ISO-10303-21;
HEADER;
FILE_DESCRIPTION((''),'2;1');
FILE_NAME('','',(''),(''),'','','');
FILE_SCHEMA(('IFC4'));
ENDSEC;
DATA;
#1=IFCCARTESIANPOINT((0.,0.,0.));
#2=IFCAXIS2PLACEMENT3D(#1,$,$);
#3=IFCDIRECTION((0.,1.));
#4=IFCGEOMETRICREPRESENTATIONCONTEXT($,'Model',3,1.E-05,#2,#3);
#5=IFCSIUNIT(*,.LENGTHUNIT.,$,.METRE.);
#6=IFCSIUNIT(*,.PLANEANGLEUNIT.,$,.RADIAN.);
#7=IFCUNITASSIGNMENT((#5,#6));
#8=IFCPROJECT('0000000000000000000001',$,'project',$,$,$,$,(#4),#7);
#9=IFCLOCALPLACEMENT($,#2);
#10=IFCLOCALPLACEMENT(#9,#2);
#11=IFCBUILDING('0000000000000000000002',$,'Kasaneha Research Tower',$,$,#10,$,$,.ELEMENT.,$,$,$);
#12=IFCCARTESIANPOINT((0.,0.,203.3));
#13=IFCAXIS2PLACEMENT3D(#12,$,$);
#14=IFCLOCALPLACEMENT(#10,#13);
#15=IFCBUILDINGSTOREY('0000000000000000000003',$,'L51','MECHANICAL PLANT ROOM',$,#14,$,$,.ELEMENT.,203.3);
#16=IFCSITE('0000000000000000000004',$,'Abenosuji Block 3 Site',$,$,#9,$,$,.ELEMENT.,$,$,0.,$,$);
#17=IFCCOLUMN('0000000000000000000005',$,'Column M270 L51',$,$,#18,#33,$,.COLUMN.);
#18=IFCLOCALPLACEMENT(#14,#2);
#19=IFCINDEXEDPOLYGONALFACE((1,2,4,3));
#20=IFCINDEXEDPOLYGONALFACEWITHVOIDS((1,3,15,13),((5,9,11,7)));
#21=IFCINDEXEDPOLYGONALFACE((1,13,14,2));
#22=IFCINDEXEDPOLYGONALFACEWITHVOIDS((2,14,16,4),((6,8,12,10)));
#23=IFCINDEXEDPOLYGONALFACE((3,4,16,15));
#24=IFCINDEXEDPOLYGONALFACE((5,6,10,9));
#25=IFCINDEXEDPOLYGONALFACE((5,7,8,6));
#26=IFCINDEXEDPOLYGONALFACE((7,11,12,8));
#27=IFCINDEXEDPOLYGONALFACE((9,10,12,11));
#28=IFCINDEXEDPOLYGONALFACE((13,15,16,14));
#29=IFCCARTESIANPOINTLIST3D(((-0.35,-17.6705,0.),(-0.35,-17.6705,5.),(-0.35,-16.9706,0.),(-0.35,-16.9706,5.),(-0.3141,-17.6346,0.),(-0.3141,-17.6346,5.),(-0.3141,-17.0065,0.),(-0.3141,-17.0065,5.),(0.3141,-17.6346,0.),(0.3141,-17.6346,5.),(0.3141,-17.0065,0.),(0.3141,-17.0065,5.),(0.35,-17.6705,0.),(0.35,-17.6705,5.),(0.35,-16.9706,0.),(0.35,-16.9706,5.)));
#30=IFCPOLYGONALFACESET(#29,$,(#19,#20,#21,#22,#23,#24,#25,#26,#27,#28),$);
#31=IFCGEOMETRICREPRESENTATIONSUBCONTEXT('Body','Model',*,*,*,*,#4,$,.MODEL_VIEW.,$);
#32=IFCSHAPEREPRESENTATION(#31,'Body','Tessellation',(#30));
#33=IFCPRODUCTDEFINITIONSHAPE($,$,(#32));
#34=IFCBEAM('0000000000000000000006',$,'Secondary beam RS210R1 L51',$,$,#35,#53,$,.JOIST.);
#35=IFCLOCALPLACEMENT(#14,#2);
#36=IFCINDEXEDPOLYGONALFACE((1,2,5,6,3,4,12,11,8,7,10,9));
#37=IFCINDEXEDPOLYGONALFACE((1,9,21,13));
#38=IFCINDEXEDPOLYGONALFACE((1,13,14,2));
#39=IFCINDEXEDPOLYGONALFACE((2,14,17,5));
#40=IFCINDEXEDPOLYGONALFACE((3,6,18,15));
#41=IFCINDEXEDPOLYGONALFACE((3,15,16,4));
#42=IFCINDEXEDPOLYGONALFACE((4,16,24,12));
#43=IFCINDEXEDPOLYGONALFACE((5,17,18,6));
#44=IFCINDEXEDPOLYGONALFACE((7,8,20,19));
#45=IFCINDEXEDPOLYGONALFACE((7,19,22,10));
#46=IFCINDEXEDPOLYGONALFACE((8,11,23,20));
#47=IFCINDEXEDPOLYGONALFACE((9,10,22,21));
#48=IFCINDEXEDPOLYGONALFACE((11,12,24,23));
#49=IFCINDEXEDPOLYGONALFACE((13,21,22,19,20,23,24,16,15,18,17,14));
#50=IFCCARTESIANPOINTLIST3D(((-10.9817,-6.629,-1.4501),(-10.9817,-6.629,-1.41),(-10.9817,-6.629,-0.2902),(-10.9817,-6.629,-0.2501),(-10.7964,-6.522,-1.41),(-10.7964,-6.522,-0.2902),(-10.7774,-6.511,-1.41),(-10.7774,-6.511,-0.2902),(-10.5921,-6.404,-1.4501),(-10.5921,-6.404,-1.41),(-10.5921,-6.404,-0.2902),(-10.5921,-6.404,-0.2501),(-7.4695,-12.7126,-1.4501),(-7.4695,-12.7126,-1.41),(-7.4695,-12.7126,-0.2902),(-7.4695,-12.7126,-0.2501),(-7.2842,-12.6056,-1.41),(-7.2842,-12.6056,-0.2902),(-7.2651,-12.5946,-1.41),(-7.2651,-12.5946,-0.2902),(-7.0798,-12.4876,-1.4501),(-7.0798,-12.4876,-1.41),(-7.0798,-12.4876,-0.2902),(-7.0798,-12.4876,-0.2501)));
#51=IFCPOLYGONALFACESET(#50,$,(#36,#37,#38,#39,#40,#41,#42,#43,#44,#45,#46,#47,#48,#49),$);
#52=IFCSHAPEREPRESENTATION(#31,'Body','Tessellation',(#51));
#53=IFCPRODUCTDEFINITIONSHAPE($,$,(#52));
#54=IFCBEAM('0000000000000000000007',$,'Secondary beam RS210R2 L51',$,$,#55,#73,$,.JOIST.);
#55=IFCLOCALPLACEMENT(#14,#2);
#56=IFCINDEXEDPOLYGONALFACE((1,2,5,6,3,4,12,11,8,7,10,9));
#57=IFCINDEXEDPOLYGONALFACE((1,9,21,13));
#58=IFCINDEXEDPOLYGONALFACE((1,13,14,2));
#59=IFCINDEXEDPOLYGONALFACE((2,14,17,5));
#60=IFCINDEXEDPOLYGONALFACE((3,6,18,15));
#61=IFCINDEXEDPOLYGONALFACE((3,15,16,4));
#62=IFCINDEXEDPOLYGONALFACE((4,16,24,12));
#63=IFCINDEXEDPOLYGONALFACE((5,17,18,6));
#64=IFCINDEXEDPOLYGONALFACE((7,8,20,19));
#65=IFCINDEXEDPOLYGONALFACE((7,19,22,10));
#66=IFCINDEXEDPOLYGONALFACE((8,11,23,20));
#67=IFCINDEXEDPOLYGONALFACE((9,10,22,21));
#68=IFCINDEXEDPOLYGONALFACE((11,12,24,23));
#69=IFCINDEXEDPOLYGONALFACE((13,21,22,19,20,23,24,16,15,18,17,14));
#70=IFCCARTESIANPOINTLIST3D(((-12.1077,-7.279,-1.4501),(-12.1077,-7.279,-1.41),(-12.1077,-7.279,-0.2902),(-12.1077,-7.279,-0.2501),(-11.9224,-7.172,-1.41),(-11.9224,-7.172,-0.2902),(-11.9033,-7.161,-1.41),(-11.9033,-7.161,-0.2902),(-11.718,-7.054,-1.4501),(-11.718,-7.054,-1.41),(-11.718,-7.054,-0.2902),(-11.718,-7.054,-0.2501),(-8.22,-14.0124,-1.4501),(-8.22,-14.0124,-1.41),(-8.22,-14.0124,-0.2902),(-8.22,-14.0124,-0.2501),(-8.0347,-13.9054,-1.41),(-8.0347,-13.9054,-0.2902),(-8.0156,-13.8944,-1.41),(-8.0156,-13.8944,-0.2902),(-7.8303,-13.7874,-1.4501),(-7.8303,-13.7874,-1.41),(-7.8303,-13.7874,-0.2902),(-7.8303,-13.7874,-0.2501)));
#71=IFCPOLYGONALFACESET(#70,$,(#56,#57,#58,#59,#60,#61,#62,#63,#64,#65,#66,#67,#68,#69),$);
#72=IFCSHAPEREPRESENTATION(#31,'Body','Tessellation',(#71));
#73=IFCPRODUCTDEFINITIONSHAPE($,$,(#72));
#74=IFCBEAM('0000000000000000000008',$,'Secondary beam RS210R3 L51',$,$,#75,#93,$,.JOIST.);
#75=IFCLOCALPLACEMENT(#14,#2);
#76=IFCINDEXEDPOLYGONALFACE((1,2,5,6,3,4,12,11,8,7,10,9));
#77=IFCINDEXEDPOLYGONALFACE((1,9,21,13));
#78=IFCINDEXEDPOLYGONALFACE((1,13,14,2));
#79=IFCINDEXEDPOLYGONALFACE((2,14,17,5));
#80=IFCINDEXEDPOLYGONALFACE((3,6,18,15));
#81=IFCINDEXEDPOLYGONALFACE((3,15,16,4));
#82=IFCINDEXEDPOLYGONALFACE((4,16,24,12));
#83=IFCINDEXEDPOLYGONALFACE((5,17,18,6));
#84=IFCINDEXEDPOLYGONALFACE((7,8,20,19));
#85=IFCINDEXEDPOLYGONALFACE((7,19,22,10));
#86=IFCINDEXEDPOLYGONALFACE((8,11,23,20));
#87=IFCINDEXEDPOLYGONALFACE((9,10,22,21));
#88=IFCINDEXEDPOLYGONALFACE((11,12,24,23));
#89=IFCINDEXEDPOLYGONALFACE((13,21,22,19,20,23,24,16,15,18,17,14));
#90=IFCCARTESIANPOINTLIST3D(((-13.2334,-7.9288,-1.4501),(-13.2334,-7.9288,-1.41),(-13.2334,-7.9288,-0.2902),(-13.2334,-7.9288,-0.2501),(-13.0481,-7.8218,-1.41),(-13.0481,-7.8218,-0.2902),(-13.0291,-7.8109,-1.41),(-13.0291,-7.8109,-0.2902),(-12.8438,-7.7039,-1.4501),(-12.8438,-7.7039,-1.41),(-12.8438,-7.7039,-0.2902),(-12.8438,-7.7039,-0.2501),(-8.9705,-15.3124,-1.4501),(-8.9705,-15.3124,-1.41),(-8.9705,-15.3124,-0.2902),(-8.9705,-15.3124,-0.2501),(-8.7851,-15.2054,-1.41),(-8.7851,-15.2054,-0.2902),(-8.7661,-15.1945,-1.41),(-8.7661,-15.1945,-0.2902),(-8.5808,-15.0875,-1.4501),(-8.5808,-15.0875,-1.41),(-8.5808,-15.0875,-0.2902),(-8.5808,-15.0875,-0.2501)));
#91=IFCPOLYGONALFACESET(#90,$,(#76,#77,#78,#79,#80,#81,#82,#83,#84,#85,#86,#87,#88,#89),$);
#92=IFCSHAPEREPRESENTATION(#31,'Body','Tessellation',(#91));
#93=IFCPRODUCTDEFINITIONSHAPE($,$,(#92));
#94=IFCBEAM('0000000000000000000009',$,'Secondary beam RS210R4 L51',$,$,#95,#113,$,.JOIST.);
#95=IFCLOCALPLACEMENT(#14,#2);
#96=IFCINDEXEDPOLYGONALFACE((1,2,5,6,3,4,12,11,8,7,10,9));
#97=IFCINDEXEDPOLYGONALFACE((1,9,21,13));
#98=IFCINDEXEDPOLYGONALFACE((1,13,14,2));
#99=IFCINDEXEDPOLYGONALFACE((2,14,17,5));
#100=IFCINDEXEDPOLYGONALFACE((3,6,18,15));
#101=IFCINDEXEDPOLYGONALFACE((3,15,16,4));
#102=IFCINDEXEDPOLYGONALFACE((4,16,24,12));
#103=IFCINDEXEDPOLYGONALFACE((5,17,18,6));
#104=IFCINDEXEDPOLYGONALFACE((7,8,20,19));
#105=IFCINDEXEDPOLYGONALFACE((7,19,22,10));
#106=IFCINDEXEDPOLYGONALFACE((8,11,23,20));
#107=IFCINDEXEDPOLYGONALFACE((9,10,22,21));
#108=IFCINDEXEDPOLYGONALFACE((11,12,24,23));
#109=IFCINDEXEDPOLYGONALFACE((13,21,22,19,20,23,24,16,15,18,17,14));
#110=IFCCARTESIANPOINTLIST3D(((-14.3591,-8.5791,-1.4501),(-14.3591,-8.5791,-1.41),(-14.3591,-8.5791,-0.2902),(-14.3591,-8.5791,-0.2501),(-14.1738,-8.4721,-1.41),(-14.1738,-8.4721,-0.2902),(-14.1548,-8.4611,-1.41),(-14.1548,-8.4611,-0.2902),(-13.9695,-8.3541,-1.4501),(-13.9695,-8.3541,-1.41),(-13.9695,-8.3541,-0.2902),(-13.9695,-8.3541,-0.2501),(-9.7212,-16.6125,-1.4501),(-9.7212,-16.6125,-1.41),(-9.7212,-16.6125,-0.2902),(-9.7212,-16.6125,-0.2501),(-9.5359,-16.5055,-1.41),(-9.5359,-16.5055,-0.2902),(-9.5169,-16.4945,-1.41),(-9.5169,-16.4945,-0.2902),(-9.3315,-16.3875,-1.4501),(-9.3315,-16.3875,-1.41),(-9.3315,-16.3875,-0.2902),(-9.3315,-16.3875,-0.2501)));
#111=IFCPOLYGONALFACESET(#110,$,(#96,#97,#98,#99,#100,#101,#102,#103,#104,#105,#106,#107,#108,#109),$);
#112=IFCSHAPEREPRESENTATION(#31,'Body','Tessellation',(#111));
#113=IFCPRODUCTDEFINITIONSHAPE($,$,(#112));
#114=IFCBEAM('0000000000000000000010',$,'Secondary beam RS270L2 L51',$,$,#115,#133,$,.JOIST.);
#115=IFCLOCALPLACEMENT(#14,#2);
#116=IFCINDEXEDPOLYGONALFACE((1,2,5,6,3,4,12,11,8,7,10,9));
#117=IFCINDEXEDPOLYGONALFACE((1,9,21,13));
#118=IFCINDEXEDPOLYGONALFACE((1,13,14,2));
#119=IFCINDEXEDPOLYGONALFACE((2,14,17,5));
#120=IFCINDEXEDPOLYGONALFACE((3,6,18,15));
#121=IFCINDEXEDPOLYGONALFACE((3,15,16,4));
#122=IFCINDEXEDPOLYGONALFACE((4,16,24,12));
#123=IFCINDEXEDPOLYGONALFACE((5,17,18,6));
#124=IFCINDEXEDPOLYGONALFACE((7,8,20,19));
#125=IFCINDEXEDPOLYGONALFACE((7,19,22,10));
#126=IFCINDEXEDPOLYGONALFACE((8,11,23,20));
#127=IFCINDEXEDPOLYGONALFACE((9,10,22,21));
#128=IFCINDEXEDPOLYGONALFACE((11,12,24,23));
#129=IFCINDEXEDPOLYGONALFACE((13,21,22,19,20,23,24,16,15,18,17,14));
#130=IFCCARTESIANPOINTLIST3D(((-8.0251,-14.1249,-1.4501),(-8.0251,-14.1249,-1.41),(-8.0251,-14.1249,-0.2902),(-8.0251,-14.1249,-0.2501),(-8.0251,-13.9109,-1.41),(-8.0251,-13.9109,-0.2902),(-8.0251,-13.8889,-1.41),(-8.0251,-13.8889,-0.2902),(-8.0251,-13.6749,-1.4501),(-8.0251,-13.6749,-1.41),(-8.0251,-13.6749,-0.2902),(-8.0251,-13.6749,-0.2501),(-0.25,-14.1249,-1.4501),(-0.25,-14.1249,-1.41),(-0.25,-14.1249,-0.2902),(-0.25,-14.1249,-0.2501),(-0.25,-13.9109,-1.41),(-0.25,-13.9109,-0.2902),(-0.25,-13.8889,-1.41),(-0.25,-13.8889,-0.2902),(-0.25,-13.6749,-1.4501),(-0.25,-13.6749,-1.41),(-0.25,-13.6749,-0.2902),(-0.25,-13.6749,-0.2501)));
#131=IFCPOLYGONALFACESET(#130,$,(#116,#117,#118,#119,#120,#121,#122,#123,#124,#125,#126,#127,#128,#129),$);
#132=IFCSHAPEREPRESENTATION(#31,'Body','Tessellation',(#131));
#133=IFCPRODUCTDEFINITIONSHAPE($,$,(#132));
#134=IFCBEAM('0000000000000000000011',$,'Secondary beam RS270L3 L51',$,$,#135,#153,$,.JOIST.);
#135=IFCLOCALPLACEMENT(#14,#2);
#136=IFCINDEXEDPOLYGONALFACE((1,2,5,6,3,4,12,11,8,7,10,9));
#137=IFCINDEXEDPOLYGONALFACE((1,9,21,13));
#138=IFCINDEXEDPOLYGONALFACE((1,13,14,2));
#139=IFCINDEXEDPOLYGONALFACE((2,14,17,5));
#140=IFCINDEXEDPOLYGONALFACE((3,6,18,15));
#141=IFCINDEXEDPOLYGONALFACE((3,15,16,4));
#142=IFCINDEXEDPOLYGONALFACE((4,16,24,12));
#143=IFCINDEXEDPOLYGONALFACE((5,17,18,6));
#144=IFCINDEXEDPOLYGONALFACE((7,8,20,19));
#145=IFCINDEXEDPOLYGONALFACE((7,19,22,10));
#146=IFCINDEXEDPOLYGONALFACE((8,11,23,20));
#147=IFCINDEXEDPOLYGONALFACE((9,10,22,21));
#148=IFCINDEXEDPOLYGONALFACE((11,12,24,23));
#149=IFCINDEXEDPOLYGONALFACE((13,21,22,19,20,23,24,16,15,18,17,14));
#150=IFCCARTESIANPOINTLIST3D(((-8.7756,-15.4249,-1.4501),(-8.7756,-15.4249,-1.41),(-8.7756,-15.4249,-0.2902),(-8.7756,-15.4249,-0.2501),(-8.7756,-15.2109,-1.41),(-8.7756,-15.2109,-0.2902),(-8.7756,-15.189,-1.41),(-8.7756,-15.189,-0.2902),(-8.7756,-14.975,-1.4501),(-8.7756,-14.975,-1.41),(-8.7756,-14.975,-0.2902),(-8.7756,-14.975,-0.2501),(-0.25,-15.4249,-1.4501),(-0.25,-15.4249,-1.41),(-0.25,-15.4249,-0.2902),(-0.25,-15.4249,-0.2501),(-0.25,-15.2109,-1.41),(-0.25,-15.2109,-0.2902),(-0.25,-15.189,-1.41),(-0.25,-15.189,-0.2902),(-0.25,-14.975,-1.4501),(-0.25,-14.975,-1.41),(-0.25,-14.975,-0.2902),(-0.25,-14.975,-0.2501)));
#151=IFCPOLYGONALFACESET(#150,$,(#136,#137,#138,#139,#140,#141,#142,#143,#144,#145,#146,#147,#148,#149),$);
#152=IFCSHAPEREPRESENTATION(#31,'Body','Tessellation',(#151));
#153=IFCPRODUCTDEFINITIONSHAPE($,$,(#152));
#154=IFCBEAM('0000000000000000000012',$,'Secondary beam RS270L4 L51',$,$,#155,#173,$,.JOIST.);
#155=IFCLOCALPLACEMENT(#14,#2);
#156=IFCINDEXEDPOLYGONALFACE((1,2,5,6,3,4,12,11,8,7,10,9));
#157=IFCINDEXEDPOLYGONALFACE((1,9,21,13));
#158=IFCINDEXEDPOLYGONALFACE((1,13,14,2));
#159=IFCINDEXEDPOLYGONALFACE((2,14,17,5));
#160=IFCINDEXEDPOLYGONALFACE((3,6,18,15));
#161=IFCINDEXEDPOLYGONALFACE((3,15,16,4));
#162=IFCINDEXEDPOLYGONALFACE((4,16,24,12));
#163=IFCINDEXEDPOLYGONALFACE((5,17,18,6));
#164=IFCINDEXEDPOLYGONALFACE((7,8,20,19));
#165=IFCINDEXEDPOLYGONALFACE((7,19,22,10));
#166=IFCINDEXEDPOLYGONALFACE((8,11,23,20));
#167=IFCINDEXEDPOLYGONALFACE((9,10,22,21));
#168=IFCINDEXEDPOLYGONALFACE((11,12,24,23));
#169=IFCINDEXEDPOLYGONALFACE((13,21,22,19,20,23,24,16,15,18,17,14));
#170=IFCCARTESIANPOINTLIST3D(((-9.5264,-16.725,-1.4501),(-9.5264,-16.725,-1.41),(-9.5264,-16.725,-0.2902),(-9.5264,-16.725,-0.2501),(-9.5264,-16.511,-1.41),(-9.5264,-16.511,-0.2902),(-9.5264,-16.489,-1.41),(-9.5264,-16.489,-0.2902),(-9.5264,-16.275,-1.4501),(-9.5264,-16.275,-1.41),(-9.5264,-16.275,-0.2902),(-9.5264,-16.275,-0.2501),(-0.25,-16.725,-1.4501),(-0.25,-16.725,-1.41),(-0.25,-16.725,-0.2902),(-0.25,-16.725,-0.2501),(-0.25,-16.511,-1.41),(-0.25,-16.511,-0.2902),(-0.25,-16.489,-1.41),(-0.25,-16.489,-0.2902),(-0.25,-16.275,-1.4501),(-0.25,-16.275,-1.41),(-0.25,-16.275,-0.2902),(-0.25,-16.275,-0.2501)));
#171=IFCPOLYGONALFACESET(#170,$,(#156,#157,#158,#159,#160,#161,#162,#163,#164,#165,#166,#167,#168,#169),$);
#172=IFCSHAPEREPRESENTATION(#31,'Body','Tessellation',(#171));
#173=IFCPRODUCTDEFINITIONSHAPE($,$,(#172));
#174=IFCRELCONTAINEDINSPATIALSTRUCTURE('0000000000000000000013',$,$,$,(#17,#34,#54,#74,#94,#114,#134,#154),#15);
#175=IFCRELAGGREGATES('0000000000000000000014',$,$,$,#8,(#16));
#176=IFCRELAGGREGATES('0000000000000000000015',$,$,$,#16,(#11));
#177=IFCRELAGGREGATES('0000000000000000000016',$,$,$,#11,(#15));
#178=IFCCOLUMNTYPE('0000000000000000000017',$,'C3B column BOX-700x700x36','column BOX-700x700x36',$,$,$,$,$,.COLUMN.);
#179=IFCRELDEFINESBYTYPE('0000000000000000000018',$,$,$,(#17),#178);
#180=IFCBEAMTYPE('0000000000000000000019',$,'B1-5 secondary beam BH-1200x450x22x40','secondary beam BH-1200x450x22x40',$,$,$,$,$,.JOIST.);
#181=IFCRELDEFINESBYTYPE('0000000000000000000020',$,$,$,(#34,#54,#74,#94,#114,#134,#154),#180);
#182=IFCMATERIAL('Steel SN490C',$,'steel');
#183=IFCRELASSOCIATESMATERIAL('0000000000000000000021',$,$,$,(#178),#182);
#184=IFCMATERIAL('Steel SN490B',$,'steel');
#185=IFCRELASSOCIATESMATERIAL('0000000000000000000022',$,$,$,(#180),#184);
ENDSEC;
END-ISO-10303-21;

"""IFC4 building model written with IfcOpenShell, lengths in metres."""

from ifc_helpers import new_model, si_unit, direction, frame, origin, origin_2d, place, context, subcontext, project, spatial, hollow_rectangle, i_section, extrude, material, material_profile, profile_set, type_object, element, save


model = new_model("IFC4")

# Units and contexts
model_context = context("Model", 3, precision=1e-05, world=origin(), true_north=direction((0.0, 1.0)))
body_context = subcontext(model_context, "Body", "Model", "MODEL_VIEW")
ifc_project = project(units=[si_unit("LENGTHUNIT", "METRE"), si_unit("PLANEANGLEUNIT", "RADIAN")], contexts=[model_context])

# Site, building, storey
site_placement = place(None, origin())
site = spatial("IfcSite", under=ifc_project, at=site_placement, Name="Abenosuji Block 3 Site", CompositionType="ELEMENT", RefElevation=0.0)
building_placement = place(site_placement, origin())
building = spatial("IfcBuilding", under=site, at=building_placement, Name="Kasaneha Research Tower", CompositionType="ELEMENT")
storey_placement = place(building_placement, frame((0.0, 0.0, 203.3)))
storey = spatial("IfcBuildingStorey", under=building, at=storey_placement, Name="L51", Description="MECHANICAL PLANT ROOM", CompositionType="ELEMENT", Elevation=203.3)

# Column
ifc_material_1 = material(Name="Steel SN490C", Category="steel")
ifc_material_profile_1 = material_profile(ifc_material_1, hollow_rectangle(XDim=0.7, YDim=0.7, WallThickness=0.0359, at=origin_2d()), Name="BOX-700x700x36")
ifc_profile_set_1 = profile_set([ifc_material_profile_1], Name="Steel SN490C")
column_type = type_object("IfcColumnType", Name="C3B column BOX-700x700x36", Description="column BOX-700x700x36", PredefinedType="COLUMN", material=ifc_profile_set_1)
column_placement = place(storey_placement, frame((0.0, -17.3206, 0.0), z_axis=(0.0, 0.0, 1.0), x_axis=(1.0, 0.0, 0.0)))
element("IfcColumn", 1, at=column_placement, inside=storey, type_object=column_type, Name="Column M270 L51", PredefinedType="COLUMN", context=body_context, shape_type="SweptSolid", body=[
    extrude(hollow_rectangle(XDim=0.7, YDim=0.7, WallThickness=0.0359, at=origin_2d()), origin(), (0.0, 0.0, 1.0), 5.0),
])

# Beams
ifc_material_2 = material(Name="Steel SN490B", Category="steel")
ifc_material_profile_2 = material_profile(ifc_material_2, i_section(OverallWidth=0.45, OverallDepth=1.2, WebThickness=0.022, FlangeThickness=0.04, at=origin_2d()), Name="BH-1200x450x22x40")
ifc_profile_set_2 = profile_set([ifc_material_profile_2], Name="Steel SN490B")
beam_type_1 = type_object("IfcBeamType", Name="B1-5 secondary beam BH-1200x450x22x40", Description="secondary beam BH-1200x450x22x40", PredefinedType="JOIST", material=ifc_profile_set_2)
beam_1_placement = place(storey_placement, frame((-7.2747, -12.6001, -0.8501), z_axis=(-0.499989, 0.866032, 0.0), x_axis=(-0.866032, -0.499989, 0.0)))
element("IfcBeam", 2, at=beam_1_placement, inside=storey, type_object=beam_type_1, Name="Secondary beam RS210R1 L51", PredefinedType="JOIST", context=body_context, shape_type="SweptSolid", body=[
    extrude(i_section(OverallWidth=0.45, OverallDepth=1.2, WebThickness=0.022, FlangeThickness=0.04, at=origin_2d()), origin(), (0.0, 0.0, 1.0), 7.0247),
])
beam_2_placement = place(storey_placement, frame((-8.0251, -13.8999, -0.8501), z_axis=(-0.500016, 0.866016, 0.0), x_axis=(-0.866016, -0.500016, 0.0)))
element("IfcBeam", 3, at=beam_2_placement, inside=storey, type_object=beam_type_1, Name="Secondary beam RS210R2 L51", PredefinedType="JOIST", context=body_context, shape_type="SweptSolid", body=[
    extrude(i_section(OverallWidth=0.45, OverallDepth=1.2, WebThickness=0.022, FlangeThickness=0.04, at=origin_2d()), origin(), (0.0, 0.0, 1.0), 7.7751),
])
beam_3_placement = place(storey_placement, frame((-8.7756, -15.2, -0.8501), z_axis=(-0.500004, 0.866023, 0.0), x_axis=(-0.866023, -0.500004, 0.0)))
element("IfcBeam", 4, at=beam_3_placement, inside=storey, type_object=beam_type_1, Name="Secondary beam RS210R3 L51", PredefinedType="JOIST", context=body_context, shape_type="SweptSolid", body=[
    extrude(i_section(OverallWidth=0.45, OverallDepth=1.2, WebThickness=0.022, FlangeThickness=0.04, at=origin_2d()), origin(), (0.0, 0.0, 1.0), 8.5259),
])
beam_4_placement = place(storey_placement, frame((-9.5264, -16.5, -0.8501), z_axis=(-0.499986, 0.866034, 0.0), x_axis=(-0.866034, -0.499986, 0.0)))
element("IfcBeam", 5, at=beam_4_placement, inside=storey, type_object=beam_type_1, Name="Secondary beam RS210R4 L51", PredefinedType="JOIST", context=body_context, shape_type="SweptSolid", body=[
    extrude(i_section(OverallWidth=0.45, OverallDepth=1.2, WebThickness=0.022, FlangeThickness=0.04, at=origin_2d()), origin(), (0.0, 0.0, 1.0), 9.2761),
])
beam_5_placement = place(storey_placement, frame((-8.0251, -13.8999, -0.8501), z_axis=(1.0, 0.0, 0.0), x_axis=(0.0, 1.0, 0.0)))
element("IfcBeam", 6, at=beam_5_placement, inside=storey, type_object=beam_type_1, Name="Secondary beam RS270L2 L51", PredefinedType="JOIST", context=body_context, shape_type="SweptSolid", body=[
    extrude(i_section(OverallWidth=0.45, OverallDepth=1.2, WebThickness=0.022, FlangeThickness=0.04, at=origin_2d()), origin(), (0.0, 0.0, 1.0), 7.7751),
])
beam_6_placement = place(storey_placement, frame((-8.7756, -15.2, -0.8501), z_axis=(1.0, 0.0, 0.0), x_axis=(0.0, 1.0, 0.0)))
element("IfcBeam", 7, at=beam_6_placement, inside=storey, type_object=beam_type_1, Name="Secondary beam RS270L3 L51", PredefinedType="JOIST", context=body_context, shape_type="SweptSolid", body=[
    extrude(i_section(OverallWidth=0.45, OverallDepth=1.2, WebThickness=0.022, FlangeThickness=0.04, at=origin_2d()), origin(), (0.0, 0.0, 1.0), 8.5256),
])
beam_7_placement = place(storey_placement, frame((-9.5264, -16.5, -0.8501), z_axis=(1.0, 0.0, 0.0), x_axis=(0.0, 1.0, 0.0)))
element("IfcBeam", 8, at=beam_7_placement, inside=storey, type_object=beam_type_1, Name="Secondary beam RS270L4 L51", PredefinedType="JOIST", context=body_context, shape_type="SweptSolid", body=[
    extrude(i_section(OverallWidth=0.45, OverallDepth=1.2, WebThickness=0.022, FlangeThickness=0.04, at=origin_2d()), origin(), (0.0, 0.0, 1.0), 9.2764),
])

save(model, "model.ifc")
